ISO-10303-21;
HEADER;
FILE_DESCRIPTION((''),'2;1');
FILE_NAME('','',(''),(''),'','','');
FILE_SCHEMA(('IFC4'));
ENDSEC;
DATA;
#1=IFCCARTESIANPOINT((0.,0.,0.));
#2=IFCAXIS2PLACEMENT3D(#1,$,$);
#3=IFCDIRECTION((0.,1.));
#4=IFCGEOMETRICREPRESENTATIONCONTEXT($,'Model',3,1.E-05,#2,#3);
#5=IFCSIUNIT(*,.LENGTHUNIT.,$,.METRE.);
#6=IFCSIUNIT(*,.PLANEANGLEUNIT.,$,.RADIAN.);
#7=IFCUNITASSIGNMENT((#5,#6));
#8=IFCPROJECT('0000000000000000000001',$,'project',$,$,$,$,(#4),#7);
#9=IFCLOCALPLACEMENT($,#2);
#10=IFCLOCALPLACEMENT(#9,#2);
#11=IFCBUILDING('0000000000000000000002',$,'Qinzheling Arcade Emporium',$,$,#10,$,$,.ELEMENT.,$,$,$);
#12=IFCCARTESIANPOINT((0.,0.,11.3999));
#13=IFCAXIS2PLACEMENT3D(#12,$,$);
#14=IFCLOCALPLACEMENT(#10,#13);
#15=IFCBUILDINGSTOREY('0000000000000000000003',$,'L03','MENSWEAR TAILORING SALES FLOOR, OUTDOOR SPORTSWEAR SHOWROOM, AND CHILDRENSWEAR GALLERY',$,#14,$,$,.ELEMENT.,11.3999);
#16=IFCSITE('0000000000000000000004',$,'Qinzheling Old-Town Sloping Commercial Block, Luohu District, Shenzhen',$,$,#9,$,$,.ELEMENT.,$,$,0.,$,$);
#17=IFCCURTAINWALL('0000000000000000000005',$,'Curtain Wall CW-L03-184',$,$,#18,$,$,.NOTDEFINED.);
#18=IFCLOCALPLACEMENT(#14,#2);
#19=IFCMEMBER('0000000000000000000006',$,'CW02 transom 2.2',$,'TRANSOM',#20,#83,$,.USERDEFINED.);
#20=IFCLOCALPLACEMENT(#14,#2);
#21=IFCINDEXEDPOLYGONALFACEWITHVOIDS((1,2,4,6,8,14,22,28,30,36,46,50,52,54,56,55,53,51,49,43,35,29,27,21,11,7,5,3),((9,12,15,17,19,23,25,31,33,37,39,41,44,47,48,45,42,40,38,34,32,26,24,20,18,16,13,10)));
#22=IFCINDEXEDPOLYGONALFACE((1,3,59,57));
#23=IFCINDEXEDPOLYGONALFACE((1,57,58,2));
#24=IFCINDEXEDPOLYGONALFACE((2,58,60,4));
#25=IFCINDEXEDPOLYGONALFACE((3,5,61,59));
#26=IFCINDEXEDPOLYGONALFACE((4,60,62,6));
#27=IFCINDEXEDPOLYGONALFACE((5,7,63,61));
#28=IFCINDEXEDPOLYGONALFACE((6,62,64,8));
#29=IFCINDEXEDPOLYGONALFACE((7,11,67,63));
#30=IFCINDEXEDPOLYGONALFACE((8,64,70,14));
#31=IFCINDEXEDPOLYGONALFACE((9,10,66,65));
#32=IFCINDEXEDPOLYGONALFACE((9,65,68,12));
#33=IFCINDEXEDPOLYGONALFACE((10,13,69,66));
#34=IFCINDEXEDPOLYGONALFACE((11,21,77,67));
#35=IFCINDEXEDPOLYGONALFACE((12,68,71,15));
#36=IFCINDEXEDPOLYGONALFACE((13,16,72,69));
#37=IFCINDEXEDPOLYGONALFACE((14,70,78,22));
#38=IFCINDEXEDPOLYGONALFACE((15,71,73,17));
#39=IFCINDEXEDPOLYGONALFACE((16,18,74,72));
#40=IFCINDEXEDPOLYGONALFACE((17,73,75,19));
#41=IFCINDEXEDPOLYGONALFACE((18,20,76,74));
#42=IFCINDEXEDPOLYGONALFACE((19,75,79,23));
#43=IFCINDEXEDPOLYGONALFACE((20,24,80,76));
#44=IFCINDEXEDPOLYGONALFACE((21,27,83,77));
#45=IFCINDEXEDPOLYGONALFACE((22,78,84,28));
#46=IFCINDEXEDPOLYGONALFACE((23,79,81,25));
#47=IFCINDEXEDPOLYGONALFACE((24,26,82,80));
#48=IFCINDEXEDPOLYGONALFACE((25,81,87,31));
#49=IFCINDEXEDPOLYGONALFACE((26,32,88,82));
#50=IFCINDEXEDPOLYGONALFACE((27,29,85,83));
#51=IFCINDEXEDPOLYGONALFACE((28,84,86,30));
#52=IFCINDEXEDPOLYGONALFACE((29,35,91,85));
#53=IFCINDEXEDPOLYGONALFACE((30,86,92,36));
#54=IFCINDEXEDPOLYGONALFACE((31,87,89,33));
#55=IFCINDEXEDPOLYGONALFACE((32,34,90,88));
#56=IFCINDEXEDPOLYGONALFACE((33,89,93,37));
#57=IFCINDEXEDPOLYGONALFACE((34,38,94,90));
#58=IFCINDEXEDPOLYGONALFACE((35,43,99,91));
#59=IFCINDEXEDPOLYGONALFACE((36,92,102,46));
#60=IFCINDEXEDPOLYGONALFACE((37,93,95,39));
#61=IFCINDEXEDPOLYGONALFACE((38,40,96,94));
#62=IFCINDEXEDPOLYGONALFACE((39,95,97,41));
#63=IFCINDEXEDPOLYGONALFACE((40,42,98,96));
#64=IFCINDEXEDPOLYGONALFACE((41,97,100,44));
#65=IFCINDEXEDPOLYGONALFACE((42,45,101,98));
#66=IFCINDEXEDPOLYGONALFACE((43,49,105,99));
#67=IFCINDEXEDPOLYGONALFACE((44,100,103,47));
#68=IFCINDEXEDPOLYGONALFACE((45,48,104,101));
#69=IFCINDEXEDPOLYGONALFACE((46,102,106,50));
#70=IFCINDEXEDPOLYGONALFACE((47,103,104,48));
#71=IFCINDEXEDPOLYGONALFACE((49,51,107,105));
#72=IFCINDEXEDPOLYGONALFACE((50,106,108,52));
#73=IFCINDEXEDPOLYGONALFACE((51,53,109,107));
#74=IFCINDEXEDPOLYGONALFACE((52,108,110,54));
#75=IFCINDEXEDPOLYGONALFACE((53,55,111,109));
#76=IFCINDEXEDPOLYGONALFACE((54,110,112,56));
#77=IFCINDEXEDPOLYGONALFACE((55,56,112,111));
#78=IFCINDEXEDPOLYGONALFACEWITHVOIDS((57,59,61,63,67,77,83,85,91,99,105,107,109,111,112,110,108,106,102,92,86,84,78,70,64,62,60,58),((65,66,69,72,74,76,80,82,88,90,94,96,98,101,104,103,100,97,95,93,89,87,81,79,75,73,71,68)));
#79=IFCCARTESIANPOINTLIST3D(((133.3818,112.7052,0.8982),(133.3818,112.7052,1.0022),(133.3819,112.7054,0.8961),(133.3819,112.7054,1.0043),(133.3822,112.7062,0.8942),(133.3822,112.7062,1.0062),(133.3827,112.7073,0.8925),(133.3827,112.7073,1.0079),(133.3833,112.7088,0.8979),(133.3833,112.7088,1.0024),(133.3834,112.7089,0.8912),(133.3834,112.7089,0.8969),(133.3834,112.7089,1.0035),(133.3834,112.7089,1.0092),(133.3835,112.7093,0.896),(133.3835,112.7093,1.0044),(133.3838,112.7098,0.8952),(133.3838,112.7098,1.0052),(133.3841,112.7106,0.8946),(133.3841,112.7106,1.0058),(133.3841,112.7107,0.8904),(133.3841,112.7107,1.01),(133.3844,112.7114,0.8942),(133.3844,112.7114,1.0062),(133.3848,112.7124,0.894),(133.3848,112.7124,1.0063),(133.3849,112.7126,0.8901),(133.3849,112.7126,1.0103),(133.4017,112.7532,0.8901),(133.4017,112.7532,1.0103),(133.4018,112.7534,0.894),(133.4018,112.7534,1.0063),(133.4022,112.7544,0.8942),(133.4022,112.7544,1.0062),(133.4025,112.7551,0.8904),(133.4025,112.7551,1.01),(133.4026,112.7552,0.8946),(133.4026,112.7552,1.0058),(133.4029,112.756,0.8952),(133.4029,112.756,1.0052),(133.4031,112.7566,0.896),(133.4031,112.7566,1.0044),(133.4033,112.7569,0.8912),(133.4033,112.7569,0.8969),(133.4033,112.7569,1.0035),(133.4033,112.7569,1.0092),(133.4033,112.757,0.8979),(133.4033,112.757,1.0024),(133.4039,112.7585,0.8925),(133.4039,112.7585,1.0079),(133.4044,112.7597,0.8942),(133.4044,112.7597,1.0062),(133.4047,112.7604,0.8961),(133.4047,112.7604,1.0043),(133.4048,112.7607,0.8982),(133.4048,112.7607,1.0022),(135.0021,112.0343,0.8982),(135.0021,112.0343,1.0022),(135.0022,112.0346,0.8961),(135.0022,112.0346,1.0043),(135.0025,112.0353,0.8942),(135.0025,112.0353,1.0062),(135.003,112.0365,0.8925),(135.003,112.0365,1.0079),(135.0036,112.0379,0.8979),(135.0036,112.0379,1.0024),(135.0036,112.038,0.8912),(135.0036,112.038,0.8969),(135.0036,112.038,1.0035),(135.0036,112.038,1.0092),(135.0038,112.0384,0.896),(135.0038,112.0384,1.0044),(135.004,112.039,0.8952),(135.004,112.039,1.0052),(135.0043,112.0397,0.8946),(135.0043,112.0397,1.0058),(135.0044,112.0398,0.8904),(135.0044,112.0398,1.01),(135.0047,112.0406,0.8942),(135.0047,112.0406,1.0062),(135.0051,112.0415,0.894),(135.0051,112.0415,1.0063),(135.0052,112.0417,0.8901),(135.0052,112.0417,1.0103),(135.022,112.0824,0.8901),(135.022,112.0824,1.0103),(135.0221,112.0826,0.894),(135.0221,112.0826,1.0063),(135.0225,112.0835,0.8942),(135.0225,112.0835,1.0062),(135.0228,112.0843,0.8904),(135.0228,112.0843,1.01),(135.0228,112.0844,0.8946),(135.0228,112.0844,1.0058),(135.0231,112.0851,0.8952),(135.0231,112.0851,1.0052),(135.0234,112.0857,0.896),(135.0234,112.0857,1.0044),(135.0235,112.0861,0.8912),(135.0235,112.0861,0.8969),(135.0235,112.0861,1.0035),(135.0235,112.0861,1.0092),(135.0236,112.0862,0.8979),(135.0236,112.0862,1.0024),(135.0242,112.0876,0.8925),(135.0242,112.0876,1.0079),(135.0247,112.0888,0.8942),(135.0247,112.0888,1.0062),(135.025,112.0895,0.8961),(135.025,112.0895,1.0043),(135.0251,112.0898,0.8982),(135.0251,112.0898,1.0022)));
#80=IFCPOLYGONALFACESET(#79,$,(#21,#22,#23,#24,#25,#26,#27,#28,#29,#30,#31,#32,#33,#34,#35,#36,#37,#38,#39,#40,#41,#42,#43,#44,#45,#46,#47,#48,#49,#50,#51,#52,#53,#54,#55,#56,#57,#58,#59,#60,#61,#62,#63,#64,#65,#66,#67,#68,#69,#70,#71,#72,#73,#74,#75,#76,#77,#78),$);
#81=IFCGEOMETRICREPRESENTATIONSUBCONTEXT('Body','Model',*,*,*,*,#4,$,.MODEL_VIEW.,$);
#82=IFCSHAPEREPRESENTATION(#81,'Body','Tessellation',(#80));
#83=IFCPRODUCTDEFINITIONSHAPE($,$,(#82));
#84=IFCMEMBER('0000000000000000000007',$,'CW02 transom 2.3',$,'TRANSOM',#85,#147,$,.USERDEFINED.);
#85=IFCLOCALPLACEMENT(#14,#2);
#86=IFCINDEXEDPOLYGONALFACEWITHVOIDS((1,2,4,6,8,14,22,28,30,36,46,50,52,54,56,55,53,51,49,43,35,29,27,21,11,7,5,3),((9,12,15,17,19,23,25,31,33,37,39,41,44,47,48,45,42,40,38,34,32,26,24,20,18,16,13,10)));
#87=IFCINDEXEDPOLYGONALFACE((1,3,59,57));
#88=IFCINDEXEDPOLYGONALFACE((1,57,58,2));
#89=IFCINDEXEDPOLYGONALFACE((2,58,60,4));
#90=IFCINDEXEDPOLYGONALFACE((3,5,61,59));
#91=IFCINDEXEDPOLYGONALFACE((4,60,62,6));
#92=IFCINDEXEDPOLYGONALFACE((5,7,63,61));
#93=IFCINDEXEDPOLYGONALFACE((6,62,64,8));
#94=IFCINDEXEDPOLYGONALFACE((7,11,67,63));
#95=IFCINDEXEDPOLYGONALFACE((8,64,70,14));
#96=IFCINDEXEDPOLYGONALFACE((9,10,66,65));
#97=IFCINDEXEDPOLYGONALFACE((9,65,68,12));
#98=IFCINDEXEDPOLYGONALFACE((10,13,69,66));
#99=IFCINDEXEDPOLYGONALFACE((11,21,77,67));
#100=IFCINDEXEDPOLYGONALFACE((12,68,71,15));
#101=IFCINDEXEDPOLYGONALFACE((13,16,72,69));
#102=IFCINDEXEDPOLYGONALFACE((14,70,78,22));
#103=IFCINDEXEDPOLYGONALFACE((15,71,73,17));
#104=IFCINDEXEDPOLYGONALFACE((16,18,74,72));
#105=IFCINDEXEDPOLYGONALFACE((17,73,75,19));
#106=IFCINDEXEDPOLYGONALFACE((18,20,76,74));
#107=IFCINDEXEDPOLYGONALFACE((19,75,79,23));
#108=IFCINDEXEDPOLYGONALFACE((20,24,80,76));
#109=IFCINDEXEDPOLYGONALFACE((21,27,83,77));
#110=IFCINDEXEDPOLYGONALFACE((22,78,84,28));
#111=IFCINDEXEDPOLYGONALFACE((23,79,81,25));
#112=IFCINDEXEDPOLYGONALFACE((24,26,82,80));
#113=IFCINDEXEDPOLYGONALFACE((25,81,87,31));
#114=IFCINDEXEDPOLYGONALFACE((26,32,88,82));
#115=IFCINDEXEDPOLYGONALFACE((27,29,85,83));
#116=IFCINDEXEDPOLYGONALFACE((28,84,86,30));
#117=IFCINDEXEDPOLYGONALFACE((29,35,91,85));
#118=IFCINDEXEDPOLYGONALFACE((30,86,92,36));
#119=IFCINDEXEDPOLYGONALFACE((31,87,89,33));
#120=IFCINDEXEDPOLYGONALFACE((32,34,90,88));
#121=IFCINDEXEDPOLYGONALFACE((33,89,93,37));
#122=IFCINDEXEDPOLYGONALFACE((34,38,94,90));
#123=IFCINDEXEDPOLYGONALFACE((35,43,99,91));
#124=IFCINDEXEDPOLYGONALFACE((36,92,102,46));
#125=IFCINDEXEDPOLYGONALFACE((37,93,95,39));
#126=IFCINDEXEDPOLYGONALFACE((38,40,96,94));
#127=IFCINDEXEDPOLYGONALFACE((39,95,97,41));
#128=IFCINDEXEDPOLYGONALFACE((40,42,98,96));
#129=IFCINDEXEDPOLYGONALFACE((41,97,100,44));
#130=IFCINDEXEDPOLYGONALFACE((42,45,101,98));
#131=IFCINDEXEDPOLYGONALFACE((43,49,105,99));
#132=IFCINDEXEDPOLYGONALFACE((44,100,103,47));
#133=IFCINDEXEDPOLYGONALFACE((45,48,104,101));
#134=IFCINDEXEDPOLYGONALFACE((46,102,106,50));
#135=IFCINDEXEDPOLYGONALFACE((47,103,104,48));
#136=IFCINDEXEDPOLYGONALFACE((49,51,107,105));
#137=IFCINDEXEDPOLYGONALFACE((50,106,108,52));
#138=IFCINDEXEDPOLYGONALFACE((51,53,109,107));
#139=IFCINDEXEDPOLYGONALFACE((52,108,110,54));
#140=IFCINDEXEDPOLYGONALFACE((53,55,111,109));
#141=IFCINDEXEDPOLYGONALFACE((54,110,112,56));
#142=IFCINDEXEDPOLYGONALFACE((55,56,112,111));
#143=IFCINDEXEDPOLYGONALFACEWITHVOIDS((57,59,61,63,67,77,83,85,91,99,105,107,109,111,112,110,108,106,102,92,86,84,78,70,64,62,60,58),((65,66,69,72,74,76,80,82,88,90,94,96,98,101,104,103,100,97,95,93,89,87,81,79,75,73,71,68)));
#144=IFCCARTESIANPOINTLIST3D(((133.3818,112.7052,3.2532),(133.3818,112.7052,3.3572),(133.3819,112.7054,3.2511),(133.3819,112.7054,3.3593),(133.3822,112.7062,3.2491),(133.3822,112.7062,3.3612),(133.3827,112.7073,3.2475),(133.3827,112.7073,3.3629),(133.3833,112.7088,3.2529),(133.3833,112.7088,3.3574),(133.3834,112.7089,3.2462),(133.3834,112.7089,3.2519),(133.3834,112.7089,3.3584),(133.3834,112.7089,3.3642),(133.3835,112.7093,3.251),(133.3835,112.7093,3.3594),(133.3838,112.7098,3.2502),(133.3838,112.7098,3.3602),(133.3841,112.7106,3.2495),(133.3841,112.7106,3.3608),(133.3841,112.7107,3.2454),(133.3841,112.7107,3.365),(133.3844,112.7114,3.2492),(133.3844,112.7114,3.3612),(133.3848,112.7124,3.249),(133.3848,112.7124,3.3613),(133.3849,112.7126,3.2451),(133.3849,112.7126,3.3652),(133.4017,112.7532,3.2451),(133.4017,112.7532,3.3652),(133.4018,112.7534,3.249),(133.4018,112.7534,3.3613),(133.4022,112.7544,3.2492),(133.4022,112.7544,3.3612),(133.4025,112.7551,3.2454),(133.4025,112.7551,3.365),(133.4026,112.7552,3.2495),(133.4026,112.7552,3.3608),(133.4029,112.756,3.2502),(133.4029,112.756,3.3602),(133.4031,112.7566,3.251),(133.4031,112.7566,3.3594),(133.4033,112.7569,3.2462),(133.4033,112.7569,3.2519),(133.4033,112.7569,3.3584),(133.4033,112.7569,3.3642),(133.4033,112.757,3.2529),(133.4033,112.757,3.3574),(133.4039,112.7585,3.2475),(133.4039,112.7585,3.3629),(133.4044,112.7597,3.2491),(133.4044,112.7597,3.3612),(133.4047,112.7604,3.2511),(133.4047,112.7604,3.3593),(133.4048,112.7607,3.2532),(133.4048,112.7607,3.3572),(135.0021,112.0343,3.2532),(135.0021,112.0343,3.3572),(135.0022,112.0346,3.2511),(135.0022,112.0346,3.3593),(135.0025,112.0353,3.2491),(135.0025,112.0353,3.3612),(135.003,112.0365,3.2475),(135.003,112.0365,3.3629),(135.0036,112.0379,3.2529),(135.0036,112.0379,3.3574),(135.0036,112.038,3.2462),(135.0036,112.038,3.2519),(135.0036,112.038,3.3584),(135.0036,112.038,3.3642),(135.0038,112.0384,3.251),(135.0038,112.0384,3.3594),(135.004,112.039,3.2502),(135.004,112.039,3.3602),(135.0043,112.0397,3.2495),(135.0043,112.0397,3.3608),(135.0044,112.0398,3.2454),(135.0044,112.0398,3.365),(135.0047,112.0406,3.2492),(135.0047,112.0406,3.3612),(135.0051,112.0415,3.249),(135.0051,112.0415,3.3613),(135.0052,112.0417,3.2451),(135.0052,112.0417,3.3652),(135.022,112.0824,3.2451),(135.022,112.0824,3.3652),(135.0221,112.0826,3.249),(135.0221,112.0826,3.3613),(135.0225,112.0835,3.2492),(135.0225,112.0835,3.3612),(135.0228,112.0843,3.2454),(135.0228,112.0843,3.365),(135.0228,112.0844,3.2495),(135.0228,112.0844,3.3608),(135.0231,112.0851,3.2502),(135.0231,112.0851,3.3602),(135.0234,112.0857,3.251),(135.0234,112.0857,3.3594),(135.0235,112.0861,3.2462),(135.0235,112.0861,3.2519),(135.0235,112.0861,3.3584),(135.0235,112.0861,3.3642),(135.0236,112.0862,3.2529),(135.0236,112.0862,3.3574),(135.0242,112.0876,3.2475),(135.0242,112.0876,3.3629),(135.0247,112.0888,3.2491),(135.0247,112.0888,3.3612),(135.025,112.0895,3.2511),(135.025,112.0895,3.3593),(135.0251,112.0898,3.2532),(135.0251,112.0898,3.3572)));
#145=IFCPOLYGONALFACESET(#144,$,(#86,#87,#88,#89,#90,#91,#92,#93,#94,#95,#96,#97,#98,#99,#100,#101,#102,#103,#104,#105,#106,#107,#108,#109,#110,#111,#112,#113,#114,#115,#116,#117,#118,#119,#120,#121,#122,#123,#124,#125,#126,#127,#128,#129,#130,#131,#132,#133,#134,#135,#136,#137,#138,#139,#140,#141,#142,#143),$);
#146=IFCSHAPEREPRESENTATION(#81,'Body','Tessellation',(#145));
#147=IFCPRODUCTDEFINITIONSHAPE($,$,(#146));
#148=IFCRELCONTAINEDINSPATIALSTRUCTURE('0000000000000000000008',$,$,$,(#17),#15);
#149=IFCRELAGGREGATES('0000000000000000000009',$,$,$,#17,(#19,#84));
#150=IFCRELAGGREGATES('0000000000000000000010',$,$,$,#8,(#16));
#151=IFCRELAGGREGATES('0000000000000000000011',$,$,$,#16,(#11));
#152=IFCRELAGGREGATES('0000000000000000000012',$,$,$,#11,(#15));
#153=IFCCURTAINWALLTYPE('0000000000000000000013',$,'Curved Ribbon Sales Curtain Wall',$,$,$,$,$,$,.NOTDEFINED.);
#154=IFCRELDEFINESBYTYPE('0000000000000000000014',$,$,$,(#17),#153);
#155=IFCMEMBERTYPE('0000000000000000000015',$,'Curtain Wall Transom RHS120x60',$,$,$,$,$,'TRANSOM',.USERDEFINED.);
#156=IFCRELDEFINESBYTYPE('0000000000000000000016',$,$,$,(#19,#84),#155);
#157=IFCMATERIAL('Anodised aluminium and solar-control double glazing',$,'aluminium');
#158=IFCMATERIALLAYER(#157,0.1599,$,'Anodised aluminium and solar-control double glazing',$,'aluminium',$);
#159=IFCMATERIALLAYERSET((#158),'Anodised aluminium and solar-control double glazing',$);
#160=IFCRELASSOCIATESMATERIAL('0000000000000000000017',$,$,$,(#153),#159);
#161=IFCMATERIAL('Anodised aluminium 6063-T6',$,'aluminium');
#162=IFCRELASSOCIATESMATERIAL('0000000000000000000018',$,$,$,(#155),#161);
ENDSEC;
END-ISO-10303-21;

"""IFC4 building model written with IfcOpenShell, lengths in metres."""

from ifc_helpers import new_model, si_unit, direction, frame, origin, origin_2d, place, context, subcontext, project, spatial, hollow_rectangle, extrude, material, layer, layer_set, material_profile, profile_set, type_object, element, aggregate, save


model = new_model("IFC4")

# Units and contexts
model_context = context("Model", 3, precision=1e-05, world=origin(), true_north=direction((0.0, 1.0)))
body_context = subcontext(model_context, "Body", "Model", "MODEL_VIEW")
ifc_project = project(units=[si_unit("LENGTHUNIT", "METRE"), si_unit("PLANEANGLEUNIT", "RADIAN")], contexts=[model_context])

# Site, building, storey
site_placement = place(None, origin())
site = spatial("IfcSite", under=ifc_project, at=site_placement, Name="Qinzheling Old-Town Sloping Commercial Block, Luohu District, Shenzhen", CompositionType="ELEMENT", RefElevation=0.0)
building_placement = place(site_placement, origin())
building = spatial("IfcBuilding", under=site, at=building_placement, Name="Qinzheling Arcade Emporium", CompositionType="ELEMENT")
storey_placement = place(building_placement, frame((0.0, 0.0, 11.3999)))
storey = spatial("IfcBuildingStorey", under=building, at=storey_placement, Name="L03", Description="MENSWEAR TAILORING SALES FLOOR, OUTDOOR SPORTSWEAR SHOWROOM, AND CHILDRENSWEAR GALLERY", CompositionType="ELEMENT", Elevation=11.3999)

# Curtain wall
ifc_material_1 = material(Name="Anodised aluminium and solar-control double glazing", Category="aluminium")
ifc_layer_1 = layer(ifc_material_1, 0.1599, Name="Anodised aluminium and solar-control double glazing", Category="aluminium")
ifc_layer_set_1 = layer_set([ifc_layer_1], Name="Anodised aluminium and solar-control double glazing")
curtain_wall_type = type_object("IfcCurtainWallType", Name="Curved Ribbon Sales Curtain Wall", PredefinedType="NOTDEFINED", material=ifc_layer_set_1)
curtain_wall_1_placement = place(storey_placement, origin())
curtain_wall_1 = element("IfcCurtainWall", 1, at=curtain_wall_1_placement, inside=storey, type_object=curtain_wall_type, Name="Curtain Wall CW-L03-184", PredefinedType="NOTDEFINED")
ifc_material_2 = material(Name="Anodised aluminium 6063-T6", Category="aluminium")

# Members
ifc_material_profile_1 = material_profile(ifc_material_2, hollow_rectangle(XDim=0.0601, YDim=0.1201, WallThickness=0.0039, InnerFilletRadius=0.0039, OuterFilletRadius=0.0081, at=origin_2d()), Name="RHS 120x60x4", Category="aluminium")
ifc_profile_set_1 = profile_set([ifc_material_profile_1], Name="Anodised aluminium 6063-T6")
member_type_1 = type_object("IfcMemberType", Name="Curtain Wall Transom RHS120x60", ElementType="TRANSOM", PredefinedType="USERDEFINED", material=ifc_profile_set_1)
member_1_placement = place(storey_placement, frame((133.3933, 112.7329, 0.9502), z_axis=(0.923935, -0.382549, 0.0), x_axis=(0.382549, 0.923935, 0.0)))
member_1 = element("IfcMember", 2, at=member_1_placement, type_object=member_type_1, Name="CW02 transom 2.2", ObjectType="TRANSOM", PredefinedType="USERDEFINED", context=body_context, shape_type="SweptSolid", body=[
    extrude(hollow_rectangle(XDim=0.0601, YDim=0.1201, WallThickness=0.0039, InnerFilletRadius=0.0039, OuterFilletRadius=0.0081, at=origin_2d()), origin(), (0.0, 0.0, 1.0), 1.7537),
])
member_2_placement = place(storey_placement, frame((133.3933, 112.7329, 3.3052), z_axis=(0.923935, -0.382549, 0.0), x_axis=(0.382549, 0.923935, 0.0)))
member_2 = element("IfcMember", 3, at=member_2_placement, type_object=member_type_1, Name="CW02 transom 2.3", ObjectType="TRANSOM", PredefinedType="USERDEFINED", context=body_context, shape_type="SweptSolid", body=[
    extrude(hollow_rectangle(XDim=0.0601, YDim=0.1201, WallThickness=0.0039, InnerFilletRadius=0.0039, OuterFilletRadius=0.0081, at=origin_2d()), origin(), (0.0, 0.0, 1.0), 1.7537),
])

aggregate(curtain_wall_1, [member_1, member_2])

save(model, "model.ifc")
